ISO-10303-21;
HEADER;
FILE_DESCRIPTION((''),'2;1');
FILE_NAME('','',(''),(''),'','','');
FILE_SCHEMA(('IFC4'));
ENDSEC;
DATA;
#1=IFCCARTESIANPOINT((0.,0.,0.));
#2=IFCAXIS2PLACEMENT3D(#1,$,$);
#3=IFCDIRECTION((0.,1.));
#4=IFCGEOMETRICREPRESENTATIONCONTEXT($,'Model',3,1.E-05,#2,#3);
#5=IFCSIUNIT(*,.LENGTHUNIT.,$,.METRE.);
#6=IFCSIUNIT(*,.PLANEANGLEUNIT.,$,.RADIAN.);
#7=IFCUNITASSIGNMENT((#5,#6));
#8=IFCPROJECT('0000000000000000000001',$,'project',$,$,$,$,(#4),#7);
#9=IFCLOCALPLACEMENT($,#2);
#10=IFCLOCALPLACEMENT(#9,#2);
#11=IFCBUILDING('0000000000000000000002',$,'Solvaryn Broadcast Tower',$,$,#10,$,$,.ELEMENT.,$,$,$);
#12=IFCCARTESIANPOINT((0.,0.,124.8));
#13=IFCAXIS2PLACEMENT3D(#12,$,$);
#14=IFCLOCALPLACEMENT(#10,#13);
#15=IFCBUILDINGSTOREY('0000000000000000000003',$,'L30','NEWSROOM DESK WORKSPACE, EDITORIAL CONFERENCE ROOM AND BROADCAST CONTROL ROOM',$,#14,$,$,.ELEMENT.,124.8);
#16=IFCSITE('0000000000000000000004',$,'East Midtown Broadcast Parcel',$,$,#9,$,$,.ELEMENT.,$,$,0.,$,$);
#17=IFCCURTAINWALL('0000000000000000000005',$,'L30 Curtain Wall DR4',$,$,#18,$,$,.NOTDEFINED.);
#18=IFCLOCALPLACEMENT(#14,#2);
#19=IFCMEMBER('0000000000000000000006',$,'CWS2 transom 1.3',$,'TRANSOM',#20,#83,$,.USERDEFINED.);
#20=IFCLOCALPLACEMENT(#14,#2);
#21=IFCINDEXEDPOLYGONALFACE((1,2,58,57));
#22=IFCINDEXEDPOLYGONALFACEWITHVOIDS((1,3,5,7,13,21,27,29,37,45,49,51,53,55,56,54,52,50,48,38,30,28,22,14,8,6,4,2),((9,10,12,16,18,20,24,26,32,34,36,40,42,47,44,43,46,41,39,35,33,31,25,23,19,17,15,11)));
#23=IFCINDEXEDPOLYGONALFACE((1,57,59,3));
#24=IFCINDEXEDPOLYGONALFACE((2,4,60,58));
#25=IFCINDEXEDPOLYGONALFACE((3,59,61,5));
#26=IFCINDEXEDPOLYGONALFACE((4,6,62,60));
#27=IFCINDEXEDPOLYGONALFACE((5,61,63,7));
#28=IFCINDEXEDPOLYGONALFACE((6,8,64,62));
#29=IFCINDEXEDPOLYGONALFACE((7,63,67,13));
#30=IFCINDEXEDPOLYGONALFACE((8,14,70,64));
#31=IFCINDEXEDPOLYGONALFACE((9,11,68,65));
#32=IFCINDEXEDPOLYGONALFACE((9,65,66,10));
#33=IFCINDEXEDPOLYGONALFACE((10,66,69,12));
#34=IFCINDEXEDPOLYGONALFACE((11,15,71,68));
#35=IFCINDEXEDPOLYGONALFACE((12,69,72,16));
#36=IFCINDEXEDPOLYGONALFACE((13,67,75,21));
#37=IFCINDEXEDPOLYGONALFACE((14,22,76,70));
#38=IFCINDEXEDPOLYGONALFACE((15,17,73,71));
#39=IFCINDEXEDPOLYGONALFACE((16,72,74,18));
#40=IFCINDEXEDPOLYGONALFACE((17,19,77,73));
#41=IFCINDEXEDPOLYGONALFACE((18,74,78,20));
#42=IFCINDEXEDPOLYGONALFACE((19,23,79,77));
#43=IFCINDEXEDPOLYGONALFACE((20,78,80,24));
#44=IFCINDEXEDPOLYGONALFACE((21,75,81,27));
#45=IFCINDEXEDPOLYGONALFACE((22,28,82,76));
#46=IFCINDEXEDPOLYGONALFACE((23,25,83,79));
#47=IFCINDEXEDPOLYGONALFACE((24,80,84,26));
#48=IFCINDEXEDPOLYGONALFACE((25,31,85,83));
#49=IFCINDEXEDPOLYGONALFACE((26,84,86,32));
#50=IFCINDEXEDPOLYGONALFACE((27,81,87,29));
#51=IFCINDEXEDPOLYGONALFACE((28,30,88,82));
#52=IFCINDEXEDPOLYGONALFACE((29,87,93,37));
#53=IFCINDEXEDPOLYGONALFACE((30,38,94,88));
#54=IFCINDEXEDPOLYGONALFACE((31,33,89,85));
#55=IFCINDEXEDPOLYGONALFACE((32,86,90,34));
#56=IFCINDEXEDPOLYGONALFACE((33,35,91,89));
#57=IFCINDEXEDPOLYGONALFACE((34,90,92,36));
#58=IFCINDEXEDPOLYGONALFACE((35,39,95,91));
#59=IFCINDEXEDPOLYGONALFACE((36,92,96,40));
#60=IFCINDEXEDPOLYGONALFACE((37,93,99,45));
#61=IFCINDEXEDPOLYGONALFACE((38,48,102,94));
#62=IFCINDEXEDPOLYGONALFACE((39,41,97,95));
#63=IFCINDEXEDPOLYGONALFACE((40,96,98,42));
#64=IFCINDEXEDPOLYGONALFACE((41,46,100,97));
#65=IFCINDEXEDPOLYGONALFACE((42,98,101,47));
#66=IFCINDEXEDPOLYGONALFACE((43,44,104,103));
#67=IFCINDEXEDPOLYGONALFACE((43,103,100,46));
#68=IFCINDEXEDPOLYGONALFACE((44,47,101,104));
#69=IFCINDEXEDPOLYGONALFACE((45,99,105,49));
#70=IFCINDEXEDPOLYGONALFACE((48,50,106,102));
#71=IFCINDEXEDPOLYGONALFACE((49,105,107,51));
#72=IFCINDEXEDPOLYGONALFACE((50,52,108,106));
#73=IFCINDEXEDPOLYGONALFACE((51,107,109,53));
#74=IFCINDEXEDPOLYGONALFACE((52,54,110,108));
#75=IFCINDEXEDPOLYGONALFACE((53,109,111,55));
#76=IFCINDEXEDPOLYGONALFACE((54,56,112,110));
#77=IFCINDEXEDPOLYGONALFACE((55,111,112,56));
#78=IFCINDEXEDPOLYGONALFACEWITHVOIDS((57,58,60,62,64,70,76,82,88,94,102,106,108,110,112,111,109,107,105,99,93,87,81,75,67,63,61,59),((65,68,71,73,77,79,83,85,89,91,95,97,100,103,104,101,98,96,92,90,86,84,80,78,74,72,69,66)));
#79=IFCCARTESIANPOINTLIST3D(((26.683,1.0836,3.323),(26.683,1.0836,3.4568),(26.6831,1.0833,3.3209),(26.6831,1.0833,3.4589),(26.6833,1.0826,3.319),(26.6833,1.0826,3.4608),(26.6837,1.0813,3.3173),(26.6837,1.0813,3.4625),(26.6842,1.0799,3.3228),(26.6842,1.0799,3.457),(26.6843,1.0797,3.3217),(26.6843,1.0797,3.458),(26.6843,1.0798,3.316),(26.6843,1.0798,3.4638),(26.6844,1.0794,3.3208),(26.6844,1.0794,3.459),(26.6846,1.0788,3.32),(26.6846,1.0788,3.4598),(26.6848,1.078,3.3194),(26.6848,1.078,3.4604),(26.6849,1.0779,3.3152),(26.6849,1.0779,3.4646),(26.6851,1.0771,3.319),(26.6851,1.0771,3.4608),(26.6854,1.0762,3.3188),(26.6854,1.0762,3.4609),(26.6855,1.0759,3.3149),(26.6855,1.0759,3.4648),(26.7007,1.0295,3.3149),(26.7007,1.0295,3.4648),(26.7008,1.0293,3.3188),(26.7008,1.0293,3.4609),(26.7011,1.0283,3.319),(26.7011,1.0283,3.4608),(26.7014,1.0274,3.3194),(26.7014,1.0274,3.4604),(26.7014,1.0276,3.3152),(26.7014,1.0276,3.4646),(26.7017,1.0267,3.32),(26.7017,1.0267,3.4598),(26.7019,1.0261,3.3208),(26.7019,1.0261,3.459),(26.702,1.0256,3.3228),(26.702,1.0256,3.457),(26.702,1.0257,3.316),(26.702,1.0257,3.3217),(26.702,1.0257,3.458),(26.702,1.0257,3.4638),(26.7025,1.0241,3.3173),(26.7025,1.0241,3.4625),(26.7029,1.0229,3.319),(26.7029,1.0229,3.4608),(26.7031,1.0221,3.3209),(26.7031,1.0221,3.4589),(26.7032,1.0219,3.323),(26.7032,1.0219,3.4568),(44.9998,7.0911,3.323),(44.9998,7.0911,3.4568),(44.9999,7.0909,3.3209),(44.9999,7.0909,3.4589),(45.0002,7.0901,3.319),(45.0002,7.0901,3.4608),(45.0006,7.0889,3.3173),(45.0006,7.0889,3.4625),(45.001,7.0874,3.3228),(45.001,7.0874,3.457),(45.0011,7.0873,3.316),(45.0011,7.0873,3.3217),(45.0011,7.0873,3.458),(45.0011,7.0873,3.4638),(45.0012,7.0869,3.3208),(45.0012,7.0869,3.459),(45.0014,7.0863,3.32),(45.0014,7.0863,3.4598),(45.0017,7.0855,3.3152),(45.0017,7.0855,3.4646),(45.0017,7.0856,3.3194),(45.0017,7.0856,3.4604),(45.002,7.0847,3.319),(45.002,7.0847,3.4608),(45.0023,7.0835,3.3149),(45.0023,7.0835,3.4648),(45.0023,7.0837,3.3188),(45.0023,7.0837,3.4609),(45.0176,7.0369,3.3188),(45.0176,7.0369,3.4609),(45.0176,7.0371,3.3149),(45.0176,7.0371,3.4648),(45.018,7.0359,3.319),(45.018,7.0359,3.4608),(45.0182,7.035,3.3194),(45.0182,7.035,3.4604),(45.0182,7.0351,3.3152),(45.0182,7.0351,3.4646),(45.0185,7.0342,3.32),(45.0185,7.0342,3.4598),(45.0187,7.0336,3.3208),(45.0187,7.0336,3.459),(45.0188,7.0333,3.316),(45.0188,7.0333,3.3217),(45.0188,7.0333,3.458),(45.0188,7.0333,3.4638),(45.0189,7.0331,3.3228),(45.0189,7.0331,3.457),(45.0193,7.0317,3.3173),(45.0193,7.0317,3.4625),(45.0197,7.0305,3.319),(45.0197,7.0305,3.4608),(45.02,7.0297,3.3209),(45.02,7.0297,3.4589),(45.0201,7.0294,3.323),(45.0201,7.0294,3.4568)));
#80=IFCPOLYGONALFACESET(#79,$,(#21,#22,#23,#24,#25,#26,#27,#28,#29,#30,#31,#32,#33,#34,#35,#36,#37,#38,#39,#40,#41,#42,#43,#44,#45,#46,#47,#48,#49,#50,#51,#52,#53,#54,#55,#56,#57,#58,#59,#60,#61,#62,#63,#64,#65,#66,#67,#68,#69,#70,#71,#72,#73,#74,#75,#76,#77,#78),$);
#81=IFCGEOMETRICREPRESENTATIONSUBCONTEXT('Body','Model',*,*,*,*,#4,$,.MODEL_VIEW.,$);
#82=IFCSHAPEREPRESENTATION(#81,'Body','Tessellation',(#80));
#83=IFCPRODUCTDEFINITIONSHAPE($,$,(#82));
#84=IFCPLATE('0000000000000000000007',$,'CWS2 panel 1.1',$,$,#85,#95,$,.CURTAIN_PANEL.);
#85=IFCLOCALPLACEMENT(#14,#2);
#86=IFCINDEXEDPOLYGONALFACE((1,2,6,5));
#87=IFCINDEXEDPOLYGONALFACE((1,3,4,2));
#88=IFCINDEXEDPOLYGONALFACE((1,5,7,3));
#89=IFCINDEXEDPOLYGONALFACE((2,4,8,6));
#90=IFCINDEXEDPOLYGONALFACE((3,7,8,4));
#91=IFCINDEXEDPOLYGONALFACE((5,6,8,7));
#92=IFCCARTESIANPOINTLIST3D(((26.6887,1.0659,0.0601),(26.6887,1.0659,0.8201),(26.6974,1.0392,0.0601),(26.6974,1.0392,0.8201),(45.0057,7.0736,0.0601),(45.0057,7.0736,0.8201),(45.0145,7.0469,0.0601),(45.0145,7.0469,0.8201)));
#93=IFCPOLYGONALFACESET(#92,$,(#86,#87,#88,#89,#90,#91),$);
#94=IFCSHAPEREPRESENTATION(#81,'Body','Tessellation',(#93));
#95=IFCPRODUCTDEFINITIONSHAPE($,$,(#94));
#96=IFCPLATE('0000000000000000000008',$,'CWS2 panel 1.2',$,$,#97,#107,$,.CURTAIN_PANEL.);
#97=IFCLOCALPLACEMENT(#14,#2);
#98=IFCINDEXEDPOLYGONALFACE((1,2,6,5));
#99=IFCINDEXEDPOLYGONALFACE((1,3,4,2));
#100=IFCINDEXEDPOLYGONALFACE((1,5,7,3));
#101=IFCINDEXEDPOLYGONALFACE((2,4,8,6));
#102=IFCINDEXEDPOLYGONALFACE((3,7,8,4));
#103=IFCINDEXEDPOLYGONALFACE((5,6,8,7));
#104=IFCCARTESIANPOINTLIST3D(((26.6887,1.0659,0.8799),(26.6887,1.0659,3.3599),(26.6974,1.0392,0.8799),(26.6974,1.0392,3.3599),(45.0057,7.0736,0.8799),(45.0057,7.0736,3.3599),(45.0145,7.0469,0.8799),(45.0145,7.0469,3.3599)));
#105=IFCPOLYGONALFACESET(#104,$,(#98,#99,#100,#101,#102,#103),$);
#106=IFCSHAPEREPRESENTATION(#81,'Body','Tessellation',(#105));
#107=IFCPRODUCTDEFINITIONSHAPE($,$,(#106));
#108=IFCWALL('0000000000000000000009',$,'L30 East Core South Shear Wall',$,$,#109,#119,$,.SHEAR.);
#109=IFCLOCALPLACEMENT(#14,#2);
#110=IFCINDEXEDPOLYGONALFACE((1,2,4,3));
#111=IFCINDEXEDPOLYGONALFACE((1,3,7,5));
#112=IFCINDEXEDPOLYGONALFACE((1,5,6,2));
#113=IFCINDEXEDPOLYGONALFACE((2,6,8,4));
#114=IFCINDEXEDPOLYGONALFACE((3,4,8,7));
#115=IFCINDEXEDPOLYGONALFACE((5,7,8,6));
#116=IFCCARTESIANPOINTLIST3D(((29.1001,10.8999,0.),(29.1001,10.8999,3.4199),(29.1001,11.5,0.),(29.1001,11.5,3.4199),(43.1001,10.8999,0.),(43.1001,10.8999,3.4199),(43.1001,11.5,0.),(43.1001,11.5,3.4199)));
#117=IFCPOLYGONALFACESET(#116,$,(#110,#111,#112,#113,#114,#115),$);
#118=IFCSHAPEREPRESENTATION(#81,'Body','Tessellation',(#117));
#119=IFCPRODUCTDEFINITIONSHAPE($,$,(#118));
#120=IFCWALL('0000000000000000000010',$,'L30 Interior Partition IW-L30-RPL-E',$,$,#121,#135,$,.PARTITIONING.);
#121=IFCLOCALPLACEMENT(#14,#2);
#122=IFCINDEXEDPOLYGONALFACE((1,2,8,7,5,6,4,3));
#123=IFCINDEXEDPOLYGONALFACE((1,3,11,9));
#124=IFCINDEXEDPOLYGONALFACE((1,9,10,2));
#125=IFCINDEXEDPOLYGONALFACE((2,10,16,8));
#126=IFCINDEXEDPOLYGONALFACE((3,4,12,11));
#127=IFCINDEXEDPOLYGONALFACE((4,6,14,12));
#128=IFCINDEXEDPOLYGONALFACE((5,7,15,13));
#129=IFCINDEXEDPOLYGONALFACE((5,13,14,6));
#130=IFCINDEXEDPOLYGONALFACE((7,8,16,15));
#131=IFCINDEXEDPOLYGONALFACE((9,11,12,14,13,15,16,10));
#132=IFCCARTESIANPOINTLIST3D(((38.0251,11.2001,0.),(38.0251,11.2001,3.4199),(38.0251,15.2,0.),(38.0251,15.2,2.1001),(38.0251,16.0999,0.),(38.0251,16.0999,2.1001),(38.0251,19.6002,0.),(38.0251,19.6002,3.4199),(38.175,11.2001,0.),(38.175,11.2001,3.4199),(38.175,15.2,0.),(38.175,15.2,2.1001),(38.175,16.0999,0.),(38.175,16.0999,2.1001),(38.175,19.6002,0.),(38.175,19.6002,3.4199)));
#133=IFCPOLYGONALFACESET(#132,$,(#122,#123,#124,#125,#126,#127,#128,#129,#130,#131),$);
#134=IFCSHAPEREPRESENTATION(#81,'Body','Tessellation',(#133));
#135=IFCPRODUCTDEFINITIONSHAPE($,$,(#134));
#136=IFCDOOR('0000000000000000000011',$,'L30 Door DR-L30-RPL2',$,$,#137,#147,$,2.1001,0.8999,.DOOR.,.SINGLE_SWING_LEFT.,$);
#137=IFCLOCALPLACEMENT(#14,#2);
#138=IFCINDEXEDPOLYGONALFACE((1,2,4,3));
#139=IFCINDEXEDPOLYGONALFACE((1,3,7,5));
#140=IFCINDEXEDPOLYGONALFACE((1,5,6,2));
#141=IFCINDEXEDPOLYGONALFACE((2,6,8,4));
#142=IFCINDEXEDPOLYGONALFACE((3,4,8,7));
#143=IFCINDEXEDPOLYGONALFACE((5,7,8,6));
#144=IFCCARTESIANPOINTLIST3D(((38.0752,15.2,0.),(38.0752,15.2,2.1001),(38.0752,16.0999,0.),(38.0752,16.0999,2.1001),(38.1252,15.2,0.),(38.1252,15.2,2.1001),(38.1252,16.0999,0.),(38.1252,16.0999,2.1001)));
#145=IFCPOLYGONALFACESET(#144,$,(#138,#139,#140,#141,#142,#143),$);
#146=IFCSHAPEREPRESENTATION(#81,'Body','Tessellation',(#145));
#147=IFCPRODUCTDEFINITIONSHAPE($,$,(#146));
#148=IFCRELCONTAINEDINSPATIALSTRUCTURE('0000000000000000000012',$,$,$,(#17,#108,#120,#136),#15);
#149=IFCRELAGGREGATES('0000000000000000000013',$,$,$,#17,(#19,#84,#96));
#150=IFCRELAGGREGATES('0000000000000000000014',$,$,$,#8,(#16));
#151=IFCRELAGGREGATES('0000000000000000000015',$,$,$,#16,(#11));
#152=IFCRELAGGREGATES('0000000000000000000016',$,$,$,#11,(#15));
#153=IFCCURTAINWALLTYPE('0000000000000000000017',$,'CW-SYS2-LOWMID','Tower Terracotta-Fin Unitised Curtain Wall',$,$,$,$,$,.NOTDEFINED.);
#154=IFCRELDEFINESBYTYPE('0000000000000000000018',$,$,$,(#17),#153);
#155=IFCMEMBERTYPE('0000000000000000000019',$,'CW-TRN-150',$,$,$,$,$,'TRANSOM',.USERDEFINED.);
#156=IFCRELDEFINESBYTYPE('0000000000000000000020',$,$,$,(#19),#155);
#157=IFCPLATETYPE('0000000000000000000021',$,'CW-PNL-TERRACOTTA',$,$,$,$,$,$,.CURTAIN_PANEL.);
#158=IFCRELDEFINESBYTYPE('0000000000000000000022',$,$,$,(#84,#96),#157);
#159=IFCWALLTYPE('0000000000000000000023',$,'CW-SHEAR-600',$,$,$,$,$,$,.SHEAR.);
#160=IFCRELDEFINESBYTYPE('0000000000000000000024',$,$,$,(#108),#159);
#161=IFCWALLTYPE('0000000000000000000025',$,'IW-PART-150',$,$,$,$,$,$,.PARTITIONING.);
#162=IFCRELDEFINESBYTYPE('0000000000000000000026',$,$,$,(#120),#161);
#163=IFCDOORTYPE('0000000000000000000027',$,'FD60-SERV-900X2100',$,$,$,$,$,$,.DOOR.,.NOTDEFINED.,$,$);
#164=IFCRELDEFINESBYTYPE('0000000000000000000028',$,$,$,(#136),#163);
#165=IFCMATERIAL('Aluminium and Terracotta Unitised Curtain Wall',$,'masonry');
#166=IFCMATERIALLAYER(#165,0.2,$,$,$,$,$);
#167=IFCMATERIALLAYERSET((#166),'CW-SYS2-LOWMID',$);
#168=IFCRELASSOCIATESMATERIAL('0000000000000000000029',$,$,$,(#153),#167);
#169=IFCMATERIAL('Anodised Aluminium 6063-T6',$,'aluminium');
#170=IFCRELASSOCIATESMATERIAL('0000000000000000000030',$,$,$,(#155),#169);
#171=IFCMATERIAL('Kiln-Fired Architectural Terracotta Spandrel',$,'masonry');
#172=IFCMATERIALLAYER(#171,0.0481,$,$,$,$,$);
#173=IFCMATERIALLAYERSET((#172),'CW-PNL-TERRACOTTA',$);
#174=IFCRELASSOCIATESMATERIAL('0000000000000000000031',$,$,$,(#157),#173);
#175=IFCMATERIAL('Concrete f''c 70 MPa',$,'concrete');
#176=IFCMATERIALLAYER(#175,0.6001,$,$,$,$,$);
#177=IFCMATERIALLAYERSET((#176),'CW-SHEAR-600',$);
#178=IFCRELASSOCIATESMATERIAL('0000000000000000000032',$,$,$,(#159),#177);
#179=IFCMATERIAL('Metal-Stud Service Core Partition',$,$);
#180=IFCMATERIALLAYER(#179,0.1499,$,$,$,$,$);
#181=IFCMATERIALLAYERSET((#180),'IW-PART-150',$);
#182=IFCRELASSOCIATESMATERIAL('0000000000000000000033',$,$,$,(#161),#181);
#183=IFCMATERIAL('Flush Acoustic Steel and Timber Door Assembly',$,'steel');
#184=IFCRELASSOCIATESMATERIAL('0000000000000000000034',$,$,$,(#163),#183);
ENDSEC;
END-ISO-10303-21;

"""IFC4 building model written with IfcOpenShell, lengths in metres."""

from ifc_helpers import new_model, si_unit, direction, frame, frame_2d, origin, origin_2d, place, context, subcontext, project, spatial, rectangle, hollow_rectangle, extrude, material, layer, layer_set, material_profile, profile_set, type_object, element, fill, aggregate, save


model = new_model("IFC4")

# Units and contexts
model_context = context("Model", 3, precision=1e-05, world=origin(), true_north=direction((0.0, 1.0)))
body_context = subcontext(model_context, "Body", "Model", "MODEL_VIEW")
ifc_project = project(units=[si_unit("LENGTHUNIT", "METRE"), si_unit("PLANEANGLEUNIT", "RADIAN")], contexts=[model_context])

# Site, building, storey
site_placement = place(None, origin())
site = spatial("IfcSite", under=ifc_project, at=site_placement, Name="East Midtown Broadcast Parcel", CompositionType="ELEMENT", RefElevation=0.0)
building_placement = place(site_placement, origin())
building = spatial("IfcBuilding", under=site, at=building_placement, Name="Solvaryn Broadcast Tower", CompositionType="ELEMENT")
storey_placement = place(building_placement, frame((0.0, 0.0, 124.8)))
storey = spatial("IfcBuildingStorey", under=building, at=storey_placement, Name="L30", Description="NEWSROOM DESK WORKSPACE, EDITORIAL CONFERENCE ROOM AND BROADCAST CONTROL ROOM", CompositionType="ELEMENT", Elevation=124.8)

# Shared definitions
ifc_material_1 = material(Name="Aluminium and Terracotta Unitised Curtain Wall", Category="masonry")
ifc_layer_1 = layer(ifc_material_1, 0.2)
ifc_layer_set_1 = layer_set([ifc_layer_1], Name="CW-SYS2-LOWMID")
curtain_wall_type = type_object("IfcCurtainWallType", Name="CW-SYS2-LOWMID", Description="Tower Terracotta-Fin Unitised Curtain Wall", PredefinedType="NOTDEFINED", material=ifc_layer_set_1)

# Curtain wall, member, plates
curtain_wall_1_placement = place(storey_placement, origin())
curtain_wall_1 = element("IfcCurtainWall", 1, at=curtain_wall_1_placement, inside=storey, type_object=curtain_wall_type, Name="L30 Curtain Wall DR4", PredefinedType="NOTDEFINED")
ifc_material_2 = material(Name="Anodised Aluminium 6063-T6", Category="aluminium")
ifc_material_profile_1 = material_profile(ifc_material_2, hollow_rectangle(XDim=0.0649, YDim=0.1499, WallThickness=0.0039, InnerFilletRadius=0.0039, OuterFilletRadius=0.0081, at=origin_2d()))
ifc_profile_set_1 = profile_set([ifc_material_profile_1], Name="Anodised Aluminium 6063-T6")
member_type_1 = type_object("IfcMemberType", Name="CW-TRN-150", ElementType="TRANSOM", PredefinedType="USERDEFINED", material=ifc_profile_set_1)
member_1_placement = place(storey_placement, frame((26.6931, 1.0527, 3.3899), z_axis=(0.950198, 0.311646, 0.0), x_axis=(-0.311646, 0.950198, 0.0)))
member_1 = element("IfcMember", 2, at=member_1_placement, type_object=member_type_1, Name="CWS2 transom 1.3", ObjectType="TRANSOM", PredefinedType="USERDEFINED", context=body_context, shape_type="SweptSolid", body=[
    extrude(hollow_rectangle(XDim=0.0649, YDim=0.1499, WallThickness=0.0039, InnerFilletRadius=0.0039, OuterFilletRadius=0.0081, at=origin_2d()), origin(), (0.0, 0.0, 1.0), 19.2769),
])
ifc_material_3 = material(Name="Kiln-Fired Architectural Terracotta Spandrel", Category="masonry")
ifc_layer_2 = layer(ifc_material_3, 0.0481)
ifc_layer_set_2 = layer_set([ifc_layer_2], Name="CW-PNL-TERRACOTTA")
plate_type = type_object("IfcPlateType", Name="CW-PNL-TERRACOTTA", PredefinedType="CURTAIN_PANEL", material=ifc_layer_set_2)
plate_1_placement = place(storey_placement, frame((35.8516, 4.0564, 0.0601), z_axis=(0.0, 0.0, 1.0), x_axis=(0.950198, 0.311646, 0.0)))
plate_1 = element("IfcPlate", 3, at=plate_1_placement, type_object=plate_type, Name="CWS2 panel 1.1", PredefinedType="CURTAIN_PANEL", context=body_context, shape_type="SweptSolid", body=[
    extrude(rectangle(XDim=19.2771, YDim=0.0281, at=origin_2d()), origin(), (0.0, 0.0, 1.0), 0.76),
])
plate_2_placement = place(storey_placement, frame((35.8516, 4.0564, 0.8799), z_axis=(0.0, 0.0, 1.0), x_axis=(0.950198, 0.311646, 0.0)))
plate_2 = element("IfcPlate", 4, at=plate_2_placement, type_object=plate_type, Name="CWS2 panel 1.2", PredefinedType="CURTAIN_PANEL", context=body_context, shape_type="SweptSolid", body=[
    extrude(rectangle(XDim=19.2771, YDim=0.0281, at=origin_2d()), origin(), (0.0, 0.0, 1.0), 2.48),
])
aggregate(curtain_wall_1, [member_1, plate_1, plate_2])

# Wall
ifc_material_4 = material(Name="Concrete f'c 70 MPa", Category="concrete")
ifc_layer_3 = layer(ifc_material_4, 0.6001)
ifc_layer_set_3 = layer_set([ifc_layer_3], Name="CW-SHEAR-600")
wall_type_1 = type_object("IfcWallType", Name="CW-SHEAR-600", PredefinedType="SHEAR", material=ifc_layer_set_3)
wall_1_placement = place(storey_placement, frame((29.1001, 11.2, 0.0), z_axis=(0.0, 0.0, 1.0), x_axis=(1.0, 0.0, 0.0)))
element("IfcWall", 5, at=wall_1_placement, inside=storey, type_object=wall_type_1, Name="L30 East Core South Shear Wall", PredefinedType="SHEAR", context=body_context, shape_type="SweptSolid", body=[
    extrude(rectangle(XDim=14.0, YDim=0.6001, at=frame_2d((7.0, 0.0))), origin(), (0.0, 0.0, 1.0), 3.4199),
])

# Wall, opening, door
ifc_material_5 = material(Name="Metal-Stud Service Core Partition")
ifc_layer_4 = layer(ifc_material_5, 0.1499)
ifc_layer_set_4 = layer_set([ifc_layer_4], Name="IW-PART-150")
wall_type_2 = type_object("IfcWallType", Name="IW-PART-150", PredefinedType="PARTITIONING", material=ifc_layer_set_4)
wall_2_placement = place(storey_placement, frame((38.1001, 11.2, 0.0), z_axis=(0.0, 0.0, 1.0), x_axis=(0.0, 1.0, 0.0)))
wall_2 = element("IfcWall", 6, at=wall_2_placement, inside=storey, type_object=wall_type_2, Name="L30 Interior Partition IW-L30-RPL-E", PredefinedType="PARTITIONING", context=body_context, shape_type="SweptSolid", body=[
    extrude(rectangle(XDim=8.4001, YDim=0.1499, at=frame_2d((4.2002, 0.0))), origin(), (0.0, 0.0, 1.0), 3.4199),
])
opening_1_placement = place(wall_2_placement, frame((4.0, 0.0, 0.0)))
opening_1 = element("IfcOpeningElement", 7, at=opening_1_placement, cuts=wall_2, PredefinedType="OPENING", context=body_context, shape_type="SweptSolid", body=[
    extrude(rectangle(XDim=0.8999, YDim=2.1001, at=frame_2d((0.45, 1.05))), frame((0.0, 0.085, 0.0), z_axis=(0.0, -1.0, 0.0), x_axis=(1.0, 0.0, 0.0)), (0.0, 0.0, 1.0), 0.1699),
])
ifc_material_6 = material(Name="Flush Acoustic Steel and Timber Door Assembly", Category="steel")
door_type_1 = type_object("IfcDoorType", Name="FD60-SERV-900X2100", OperationType="NOTDEFINED", PredefinedType="DOOR", material=ifc_material_6)
door_1_placement = place(opening_1_placement, origin())
door_1 = element("IfcDoor", 8, at=door_1_placement, inside=storey, type_object=door_type_1, Name="L30 Door DR-L30-RPL2", OperationType="SINGLE_SWING_LEFT", OverallHeight=2.1001, OverallWidth=0.8999, PredefinedType="DOOR", context=body_context, shape_type="SweptSolid", body=[
    extrude(rectangle(XDim=0.8999, YDim=2.1001, at=frame_2d((0.45, 1.05))), frame((0.0, 0.0249, 0.0), z_axis=(0.0, -1.0, 0.0), x_axis=(1.0, 0.0, 0.0)), (0.0, 0.0, 1.0), 0.05),
])
fill(opening_1, door_1)

save(model, "model.ifc")
